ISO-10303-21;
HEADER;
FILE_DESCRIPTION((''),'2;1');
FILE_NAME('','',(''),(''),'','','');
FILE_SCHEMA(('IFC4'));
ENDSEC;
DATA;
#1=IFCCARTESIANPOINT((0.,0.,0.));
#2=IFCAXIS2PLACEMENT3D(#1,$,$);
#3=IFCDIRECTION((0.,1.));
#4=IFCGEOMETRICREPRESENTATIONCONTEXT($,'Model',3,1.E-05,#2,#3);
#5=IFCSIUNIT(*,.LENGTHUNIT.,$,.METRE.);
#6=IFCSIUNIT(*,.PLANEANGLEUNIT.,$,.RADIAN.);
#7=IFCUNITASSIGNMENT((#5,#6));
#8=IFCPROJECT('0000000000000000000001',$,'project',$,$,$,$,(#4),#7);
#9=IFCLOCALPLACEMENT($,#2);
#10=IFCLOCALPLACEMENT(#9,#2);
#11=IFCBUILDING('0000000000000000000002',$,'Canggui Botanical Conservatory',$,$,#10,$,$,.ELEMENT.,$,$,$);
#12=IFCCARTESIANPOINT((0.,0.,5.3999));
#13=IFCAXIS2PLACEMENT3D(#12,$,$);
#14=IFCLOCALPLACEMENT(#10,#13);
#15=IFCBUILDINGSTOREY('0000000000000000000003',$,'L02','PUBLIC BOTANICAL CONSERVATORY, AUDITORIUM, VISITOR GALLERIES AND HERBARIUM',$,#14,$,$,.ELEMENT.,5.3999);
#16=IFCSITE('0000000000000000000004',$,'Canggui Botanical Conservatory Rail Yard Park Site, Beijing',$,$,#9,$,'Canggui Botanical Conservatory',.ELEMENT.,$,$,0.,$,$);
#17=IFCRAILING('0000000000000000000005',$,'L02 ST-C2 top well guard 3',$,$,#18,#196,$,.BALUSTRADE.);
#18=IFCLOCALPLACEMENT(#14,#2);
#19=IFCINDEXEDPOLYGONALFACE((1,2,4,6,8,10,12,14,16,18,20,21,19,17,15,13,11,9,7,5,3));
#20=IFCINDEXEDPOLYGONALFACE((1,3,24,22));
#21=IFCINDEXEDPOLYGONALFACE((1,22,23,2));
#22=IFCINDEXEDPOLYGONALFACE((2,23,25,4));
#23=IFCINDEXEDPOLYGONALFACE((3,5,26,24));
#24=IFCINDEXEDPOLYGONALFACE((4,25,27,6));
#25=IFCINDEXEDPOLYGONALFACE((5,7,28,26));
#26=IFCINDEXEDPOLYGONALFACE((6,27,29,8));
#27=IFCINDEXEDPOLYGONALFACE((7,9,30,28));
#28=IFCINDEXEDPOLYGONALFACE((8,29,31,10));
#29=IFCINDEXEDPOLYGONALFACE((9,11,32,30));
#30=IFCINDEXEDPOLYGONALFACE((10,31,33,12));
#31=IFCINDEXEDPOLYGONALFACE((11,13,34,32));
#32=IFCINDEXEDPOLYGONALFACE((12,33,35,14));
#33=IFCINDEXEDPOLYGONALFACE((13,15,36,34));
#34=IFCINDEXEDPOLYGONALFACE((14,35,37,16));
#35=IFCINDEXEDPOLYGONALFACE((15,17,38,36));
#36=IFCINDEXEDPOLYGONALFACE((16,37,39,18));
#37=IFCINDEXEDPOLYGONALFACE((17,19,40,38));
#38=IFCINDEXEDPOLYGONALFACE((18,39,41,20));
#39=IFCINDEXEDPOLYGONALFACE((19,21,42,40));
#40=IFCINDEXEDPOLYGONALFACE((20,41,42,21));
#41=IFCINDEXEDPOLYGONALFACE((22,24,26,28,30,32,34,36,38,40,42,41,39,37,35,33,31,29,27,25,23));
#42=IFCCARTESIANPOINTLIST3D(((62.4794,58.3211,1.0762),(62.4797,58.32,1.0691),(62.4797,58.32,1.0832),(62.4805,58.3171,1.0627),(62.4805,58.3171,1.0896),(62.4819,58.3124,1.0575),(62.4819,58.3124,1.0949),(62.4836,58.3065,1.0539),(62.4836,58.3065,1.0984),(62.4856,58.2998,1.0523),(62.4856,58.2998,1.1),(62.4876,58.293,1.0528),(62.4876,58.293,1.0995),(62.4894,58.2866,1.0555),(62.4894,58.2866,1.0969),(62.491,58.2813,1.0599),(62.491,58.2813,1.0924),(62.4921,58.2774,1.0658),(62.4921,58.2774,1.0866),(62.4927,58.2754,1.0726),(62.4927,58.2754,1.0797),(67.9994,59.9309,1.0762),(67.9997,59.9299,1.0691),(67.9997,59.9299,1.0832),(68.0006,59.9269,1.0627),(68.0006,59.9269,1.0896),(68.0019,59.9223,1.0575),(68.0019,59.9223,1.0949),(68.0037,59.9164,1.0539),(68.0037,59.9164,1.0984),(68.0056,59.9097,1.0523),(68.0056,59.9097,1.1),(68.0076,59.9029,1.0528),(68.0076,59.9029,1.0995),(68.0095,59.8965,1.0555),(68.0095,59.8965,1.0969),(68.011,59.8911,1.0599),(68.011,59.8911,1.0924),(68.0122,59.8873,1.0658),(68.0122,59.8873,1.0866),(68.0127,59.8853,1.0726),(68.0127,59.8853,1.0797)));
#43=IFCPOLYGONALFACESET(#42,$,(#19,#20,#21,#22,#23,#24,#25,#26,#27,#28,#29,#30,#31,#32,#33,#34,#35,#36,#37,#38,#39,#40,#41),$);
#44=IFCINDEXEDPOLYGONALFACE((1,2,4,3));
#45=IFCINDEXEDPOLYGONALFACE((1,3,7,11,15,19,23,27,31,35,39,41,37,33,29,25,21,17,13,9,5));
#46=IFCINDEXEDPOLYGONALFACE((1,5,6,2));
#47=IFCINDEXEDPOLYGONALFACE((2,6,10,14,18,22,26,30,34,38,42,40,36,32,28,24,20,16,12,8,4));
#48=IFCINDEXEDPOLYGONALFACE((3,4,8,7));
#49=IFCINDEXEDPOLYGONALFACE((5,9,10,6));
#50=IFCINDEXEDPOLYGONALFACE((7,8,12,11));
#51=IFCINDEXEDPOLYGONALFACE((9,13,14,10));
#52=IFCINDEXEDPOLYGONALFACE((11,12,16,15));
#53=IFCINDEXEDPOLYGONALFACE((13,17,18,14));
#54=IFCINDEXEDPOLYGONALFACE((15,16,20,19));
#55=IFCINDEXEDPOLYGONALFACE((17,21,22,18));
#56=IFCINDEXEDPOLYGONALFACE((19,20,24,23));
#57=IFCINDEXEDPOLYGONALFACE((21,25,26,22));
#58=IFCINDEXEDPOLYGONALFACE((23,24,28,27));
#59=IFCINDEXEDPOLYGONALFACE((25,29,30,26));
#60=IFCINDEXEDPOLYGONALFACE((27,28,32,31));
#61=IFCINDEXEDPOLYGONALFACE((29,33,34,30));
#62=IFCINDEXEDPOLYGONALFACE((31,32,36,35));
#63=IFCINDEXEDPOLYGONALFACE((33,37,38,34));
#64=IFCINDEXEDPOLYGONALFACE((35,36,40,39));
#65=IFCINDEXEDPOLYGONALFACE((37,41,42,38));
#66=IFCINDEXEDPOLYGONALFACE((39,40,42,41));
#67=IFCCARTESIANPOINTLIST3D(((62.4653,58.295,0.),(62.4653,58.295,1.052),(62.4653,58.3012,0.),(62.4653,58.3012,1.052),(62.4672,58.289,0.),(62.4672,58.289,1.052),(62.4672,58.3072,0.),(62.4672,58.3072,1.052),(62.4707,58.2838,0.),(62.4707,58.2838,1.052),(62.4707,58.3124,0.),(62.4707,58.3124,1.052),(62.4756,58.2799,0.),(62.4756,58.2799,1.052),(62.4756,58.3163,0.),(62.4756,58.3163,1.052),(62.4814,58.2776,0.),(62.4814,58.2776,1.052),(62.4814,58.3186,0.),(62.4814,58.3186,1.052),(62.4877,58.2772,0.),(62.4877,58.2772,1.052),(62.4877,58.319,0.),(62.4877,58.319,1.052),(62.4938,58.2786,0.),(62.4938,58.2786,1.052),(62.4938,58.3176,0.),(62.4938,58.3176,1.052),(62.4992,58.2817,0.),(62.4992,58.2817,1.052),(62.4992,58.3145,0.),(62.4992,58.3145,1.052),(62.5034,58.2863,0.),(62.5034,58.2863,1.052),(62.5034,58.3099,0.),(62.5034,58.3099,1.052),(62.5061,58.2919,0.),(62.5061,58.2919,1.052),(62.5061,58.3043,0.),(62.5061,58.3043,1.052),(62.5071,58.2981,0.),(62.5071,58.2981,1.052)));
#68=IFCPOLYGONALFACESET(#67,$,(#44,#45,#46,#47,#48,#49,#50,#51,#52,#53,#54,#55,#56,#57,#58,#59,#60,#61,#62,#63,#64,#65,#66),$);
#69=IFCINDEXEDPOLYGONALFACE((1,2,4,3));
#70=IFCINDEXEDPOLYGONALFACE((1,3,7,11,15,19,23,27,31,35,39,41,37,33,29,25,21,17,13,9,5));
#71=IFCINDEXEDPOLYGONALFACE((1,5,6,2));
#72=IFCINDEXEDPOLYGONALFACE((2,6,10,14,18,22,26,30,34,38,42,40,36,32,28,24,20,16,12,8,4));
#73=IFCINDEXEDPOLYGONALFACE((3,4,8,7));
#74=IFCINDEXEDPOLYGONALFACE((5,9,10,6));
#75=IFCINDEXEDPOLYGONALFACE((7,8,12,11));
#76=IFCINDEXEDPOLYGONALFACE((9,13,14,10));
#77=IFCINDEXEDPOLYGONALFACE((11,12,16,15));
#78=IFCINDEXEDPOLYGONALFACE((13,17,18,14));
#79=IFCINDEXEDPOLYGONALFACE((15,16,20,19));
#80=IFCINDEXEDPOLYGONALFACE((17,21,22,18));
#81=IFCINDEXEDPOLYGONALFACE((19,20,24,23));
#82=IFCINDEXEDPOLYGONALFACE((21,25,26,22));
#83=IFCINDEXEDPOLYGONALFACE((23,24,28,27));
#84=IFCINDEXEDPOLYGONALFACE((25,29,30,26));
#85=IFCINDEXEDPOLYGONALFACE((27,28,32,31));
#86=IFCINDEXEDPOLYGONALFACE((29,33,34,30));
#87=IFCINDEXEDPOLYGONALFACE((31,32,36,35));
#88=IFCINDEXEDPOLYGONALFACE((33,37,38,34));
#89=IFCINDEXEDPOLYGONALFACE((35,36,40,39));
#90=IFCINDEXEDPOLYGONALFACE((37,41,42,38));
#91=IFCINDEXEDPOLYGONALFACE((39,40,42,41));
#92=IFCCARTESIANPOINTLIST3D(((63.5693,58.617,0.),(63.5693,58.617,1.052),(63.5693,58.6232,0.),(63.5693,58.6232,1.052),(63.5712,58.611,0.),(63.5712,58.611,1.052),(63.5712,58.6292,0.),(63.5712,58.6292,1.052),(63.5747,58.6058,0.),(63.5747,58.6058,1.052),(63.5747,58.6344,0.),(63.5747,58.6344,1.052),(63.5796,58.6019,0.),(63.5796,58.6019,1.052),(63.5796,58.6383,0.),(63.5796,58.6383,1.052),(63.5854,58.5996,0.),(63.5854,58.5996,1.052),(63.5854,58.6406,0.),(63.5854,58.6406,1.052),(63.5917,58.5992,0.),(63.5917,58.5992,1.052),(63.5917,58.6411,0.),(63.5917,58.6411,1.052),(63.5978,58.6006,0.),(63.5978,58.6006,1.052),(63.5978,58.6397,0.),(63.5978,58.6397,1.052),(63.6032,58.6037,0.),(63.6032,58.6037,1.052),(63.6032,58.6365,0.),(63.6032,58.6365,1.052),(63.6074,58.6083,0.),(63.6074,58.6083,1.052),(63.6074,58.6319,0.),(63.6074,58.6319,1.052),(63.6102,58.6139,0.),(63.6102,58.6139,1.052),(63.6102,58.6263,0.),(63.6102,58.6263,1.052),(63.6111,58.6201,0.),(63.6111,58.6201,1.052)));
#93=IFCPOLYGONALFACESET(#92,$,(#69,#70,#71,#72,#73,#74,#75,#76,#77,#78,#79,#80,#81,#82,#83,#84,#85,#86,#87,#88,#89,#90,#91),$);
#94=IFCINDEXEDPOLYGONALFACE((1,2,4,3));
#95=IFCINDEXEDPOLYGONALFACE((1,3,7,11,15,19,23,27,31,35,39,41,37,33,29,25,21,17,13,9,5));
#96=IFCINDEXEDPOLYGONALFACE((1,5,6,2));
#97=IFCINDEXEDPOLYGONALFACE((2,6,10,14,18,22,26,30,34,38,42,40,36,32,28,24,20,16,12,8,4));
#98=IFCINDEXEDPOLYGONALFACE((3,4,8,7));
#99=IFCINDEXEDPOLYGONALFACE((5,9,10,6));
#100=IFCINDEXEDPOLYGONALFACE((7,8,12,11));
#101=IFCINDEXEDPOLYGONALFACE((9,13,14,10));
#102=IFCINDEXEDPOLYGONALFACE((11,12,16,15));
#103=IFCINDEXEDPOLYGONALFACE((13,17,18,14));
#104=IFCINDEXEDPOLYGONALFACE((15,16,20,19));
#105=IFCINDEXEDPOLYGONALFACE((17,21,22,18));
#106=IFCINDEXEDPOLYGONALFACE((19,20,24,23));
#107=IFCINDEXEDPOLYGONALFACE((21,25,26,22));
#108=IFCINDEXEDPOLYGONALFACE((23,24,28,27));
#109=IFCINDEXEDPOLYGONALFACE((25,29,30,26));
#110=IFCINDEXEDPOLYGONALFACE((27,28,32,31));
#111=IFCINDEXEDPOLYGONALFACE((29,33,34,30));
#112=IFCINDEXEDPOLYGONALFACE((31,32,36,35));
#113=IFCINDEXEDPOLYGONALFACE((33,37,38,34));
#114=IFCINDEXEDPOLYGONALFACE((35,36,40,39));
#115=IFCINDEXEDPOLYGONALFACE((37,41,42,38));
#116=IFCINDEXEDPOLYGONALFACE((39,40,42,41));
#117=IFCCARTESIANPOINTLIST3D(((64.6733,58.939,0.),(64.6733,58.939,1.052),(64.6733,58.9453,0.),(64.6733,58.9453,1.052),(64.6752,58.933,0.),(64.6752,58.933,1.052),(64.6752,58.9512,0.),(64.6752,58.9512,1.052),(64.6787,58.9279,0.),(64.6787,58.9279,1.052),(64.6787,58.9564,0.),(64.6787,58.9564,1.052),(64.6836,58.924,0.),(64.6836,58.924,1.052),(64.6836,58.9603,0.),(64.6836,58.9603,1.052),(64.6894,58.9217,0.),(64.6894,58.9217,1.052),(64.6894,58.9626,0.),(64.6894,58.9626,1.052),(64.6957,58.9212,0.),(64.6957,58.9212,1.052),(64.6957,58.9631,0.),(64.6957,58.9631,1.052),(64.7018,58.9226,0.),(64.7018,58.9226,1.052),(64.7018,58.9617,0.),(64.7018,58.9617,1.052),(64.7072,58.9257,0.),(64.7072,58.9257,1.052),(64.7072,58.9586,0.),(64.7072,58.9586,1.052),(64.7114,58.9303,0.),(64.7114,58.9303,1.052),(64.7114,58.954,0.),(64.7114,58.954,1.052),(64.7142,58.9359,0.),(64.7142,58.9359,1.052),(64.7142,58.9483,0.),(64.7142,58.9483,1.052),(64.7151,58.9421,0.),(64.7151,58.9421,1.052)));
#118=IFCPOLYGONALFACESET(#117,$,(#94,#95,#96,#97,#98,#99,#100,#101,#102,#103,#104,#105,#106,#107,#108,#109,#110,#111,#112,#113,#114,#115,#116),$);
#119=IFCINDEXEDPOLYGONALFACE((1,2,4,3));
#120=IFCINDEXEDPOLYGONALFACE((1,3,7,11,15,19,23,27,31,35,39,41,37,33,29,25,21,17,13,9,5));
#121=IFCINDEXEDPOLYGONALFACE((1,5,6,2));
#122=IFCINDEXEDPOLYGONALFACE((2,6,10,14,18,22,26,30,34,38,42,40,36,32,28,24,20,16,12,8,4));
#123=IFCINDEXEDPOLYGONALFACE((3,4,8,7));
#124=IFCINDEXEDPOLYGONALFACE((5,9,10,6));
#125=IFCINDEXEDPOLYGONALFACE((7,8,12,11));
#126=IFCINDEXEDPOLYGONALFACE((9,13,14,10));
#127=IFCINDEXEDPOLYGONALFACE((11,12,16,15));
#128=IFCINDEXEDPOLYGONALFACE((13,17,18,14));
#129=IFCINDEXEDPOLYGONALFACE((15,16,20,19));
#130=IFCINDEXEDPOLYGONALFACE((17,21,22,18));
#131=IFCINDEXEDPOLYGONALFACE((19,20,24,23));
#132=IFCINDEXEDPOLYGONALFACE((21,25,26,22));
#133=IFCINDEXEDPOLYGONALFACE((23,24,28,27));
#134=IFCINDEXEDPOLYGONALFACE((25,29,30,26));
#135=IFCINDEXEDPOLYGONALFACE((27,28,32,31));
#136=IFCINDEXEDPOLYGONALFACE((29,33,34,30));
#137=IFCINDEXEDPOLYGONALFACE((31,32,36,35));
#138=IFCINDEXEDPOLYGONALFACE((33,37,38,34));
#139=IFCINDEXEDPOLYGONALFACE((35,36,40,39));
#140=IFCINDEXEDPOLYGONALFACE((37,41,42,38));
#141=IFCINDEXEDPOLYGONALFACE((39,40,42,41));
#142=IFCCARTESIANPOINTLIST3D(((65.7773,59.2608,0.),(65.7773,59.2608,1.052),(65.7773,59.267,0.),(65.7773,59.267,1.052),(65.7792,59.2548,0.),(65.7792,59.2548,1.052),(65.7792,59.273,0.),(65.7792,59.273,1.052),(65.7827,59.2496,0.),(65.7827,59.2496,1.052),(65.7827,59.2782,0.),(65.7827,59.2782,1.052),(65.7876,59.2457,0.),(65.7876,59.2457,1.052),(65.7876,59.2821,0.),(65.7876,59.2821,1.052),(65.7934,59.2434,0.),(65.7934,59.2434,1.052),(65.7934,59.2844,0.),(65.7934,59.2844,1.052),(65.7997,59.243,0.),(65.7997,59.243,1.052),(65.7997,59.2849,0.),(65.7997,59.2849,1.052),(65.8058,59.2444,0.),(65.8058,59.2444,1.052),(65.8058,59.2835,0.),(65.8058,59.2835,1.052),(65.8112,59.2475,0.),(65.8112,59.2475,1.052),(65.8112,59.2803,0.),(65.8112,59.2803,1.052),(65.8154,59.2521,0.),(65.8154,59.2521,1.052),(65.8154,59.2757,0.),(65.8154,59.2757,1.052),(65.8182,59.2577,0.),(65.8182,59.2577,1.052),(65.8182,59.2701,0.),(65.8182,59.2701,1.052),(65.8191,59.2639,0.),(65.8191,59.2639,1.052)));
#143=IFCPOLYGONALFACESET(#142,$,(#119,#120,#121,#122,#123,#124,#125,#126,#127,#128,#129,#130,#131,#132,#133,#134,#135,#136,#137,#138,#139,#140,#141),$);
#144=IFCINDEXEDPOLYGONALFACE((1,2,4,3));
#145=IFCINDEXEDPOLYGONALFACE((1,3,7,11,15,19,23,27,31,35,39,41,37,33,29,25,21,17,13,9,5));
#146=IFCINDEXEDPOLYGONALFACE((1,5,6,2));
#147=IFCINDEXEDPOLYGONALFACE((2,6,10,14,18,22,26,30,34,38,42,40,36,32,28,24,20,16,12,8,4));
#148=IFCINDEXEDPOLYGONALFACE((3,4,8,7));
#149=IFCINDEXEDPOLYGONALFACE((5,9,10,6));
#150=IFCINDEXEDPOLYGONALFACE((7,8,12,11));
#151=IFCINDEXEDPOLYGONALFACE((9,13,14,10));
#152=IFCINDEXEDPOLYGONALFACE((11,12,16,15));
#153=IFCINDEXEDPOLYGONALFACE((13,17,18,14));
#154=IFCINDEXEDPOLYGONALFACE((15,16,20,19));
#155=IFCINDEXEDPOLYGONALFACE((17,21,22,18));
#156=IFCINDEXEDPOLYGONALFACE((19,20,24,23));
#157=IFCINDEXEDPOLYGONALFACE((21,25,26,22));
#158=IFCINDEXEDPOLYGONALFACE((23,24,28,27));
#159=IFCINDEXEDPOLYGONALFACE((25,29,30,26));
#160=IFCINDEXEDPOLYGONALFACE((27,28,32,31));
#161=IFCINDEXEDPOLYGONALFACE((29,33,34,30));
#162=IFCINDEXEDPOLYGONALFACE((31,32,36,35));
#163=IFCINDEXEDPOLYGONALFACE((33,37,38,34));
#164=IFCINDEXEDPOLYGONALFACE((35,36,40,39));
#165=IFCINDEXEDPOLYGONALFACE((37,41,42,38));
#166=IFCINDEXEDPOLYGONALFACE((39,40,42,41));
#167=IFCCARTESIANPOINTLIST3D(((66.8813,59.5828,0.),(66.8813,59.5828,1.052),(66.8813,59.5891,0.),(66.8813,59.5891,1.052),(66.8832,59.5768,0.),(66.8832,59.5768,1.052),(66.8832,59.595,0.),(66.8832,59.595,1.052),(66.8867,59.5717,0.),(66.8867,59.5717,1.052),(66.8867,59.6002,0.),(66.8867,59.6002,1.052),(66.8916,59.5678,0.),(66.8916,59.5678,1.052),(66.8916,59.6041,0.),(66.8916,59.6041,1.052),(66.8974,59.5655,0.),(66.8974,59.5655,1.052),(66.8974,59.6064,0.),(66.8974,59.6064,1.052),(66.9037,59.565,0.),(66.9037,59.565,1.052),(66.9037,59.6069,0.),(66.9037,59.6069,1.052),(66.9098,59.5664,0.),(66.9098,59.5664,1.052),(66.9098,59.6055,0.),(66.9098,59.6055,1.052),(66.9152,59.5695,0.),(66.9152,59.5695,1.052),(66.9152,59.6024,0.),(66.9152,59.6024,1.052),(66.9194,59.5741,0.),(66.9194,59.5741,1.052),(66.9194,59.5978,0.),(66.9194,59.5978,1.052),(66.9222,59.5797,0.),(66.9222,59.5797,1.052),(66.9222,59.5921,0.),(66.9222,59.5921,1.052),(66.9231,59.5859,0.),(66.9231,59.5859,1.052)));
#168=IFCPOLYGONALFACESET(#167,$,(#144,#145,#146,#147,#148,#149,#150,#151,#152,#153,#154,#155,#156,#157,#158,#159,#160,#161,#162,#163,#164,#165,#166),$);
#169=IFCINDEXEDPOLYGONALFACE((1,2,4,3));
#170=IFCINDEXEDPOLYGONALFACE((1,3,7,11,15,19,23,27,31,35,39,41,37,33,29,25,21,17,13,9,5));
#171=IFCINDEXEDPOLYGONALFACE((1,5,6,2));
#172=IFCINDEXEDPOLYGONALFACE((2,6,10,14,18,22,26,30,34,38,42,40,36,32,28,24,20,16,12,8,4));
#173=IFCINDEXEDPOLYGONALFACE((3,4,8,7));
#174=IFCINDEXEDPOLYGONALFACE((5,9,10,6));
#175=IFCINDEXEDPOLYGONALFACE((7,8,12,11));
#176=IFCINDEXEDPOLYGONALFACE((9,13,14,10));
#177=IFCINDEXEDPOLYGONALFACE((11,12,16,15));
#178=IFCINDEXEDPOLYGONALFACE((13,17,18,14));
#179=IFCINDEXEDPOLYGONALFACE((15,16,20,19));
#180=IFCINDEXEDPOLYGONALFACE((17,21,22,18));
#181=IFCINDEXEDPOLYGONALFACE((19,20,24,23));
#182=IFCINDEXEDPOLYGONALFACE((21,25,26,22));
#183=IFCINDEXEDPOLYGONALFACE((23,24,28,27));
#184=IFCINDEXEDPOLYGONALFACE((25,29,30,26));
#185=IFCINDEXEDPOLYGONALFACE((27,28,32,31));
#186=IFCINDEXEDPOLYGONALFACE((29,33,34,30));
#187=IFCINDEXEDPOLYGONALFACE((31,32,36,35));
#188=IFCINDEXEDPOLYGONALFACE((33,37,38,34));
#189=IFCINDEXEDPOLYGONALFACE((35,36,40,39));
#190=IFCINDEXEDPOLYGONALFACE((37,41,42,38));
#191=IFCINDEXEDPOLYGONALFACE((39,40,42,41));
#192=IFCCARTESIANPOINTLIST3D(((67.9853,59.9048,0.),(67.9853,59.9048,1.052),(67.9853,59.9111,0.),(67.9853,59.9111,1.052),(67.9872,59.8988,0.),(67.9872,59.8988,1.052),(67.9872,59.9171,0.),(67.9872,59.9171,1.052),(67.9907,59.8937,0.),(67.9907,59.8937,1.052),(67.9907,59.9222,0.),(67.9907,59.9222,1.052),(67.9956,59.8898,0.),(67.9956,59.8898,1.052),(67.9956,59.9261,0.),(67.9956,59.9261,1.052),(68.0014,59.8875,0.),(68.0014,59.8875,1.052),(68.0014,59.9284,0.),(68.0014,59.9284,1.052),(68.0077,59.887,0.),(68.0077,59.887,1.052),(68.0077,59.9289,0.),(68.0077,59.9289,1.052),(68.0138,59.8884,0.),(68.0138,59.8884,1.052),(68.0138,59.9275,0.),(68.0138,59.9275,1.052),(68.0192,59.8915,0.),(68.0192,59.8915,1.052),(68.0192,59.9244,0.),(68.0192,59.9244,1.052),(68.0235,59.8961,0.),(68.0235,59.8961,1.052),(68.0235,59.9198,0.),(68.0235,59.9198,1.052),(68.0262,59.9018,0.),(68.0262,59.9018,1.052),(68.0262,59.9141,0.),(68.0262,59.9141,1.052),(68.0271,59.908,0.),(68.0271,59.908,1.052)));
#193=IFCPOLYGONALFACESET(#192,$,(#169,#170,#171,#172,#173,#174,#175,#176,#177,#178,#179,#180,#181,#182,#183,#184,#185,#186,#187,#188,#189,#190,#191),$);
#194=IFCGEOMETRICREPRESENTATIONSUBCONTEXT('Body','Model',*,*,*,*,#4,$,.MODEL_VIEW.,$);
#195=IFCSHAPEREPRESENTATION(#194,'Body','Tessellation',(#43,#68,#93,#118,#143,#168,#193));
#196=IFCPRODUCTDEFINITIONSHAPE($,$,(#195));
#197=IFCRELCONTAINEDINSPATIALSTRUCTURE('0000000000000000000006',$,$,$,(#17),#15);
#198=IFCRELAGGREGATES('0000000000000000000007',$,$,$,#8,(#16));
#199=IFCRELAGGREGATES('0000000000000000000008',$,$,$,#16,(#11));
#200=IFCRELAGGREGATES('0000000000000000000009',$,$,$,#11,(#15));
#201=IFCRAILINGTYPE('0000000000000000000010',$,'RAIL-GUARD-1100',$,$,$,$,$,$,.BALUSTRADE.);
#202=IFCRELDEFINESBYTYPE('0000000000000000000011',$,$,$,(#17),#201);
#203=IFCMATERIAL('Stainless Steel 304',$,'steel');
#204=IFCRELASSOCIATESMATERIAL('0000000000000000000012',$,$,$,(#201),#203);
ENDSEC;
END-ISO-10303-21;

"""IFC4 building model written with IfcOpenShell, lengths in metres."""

from ifc_helpers import new_model, si_unit, direction, frame, origin, origin_2d, place, context, subcontext, project, spatial, circle, extrude, material, type_object, element, save


model = new_model("IFC4")

# Units and contexts
model_context = context("Model", 3, precision=1e-05, world=origin(), true_north=direction((0.0, 1.0)))
body_context = subcontext(model_context, "Body", "Model", "MODEL_VIEW")
ifc_project = project(units=[si_unit("LENGTHUNIT", "METRE"), si_unit("PLANEANGLEUNIT", "RADIAN")], contexts=[model_context])

# Site, building, storey
site_placement = place(None, origin())
site = spatial("IfcSite", under=ifc_project, at=site_placement, Name="Canggui Botanical Conservatory Rail Yard Park Site, Beijing", LongName="Canggui Botanical Conservatory", CompositionType="ELEMENT", RefElevation=0.0)
building_placement = place(site_placement, origin())
building = spatial("IfcBuilding", under=site, at=building_placement, Name="Canggui Botanical Conservatory", CompositionType="ELEMENT")
storey_placement = place(building_placement, frame((0.0, 0.0, 5.3999)))
storey = spatial("IfcBuildingStorey", under=building, at=storey_placement, Name="L02", Description="PUBLIC BOTANICAL CONSERVATORY, AUDITORIUM, VISITOR GALLERIES AND HERBARIUM", CompositionType="ELEMENT", Elevation=5.3999)

# Railing
ifc_material_1 = material(Name="Stainless Steel 304", Category="steel")
railing_type = type_object("IfcRailingType", Name="RAIL-GUARD-1100", PredefinedType="BALUSTRADE", material=ifc_material_1)
for number, where, name in (
    (1, (62.4861, 58.2981, 0.0), "L02 ST-C2 top well guard 3"),
):
    element("IfcRailing", number, at=place(storey_placement, frame(where)), inside=storey, type_object=railing_type, Name=name, PredefinedType="BALUSTRADE", context=body_context, shape_type="SweptSolid", body=[
        extrude(circle(Radius=0.0239, at=origin_2d()), frame((0.0, 0.0, 1.0762), z_axis=(0.960007, 0.279977, 0.0), x_axis=(-0.279977, 0.960007, 0.0)), (0.0, 0.0, 1.0), 5.75),
        extrude(circle(Radius=0.021, at=origin_2d()), origin(), (0.0, 0.0, 1.0), 1.052),
        extrude(circle(Radius=0.021, at=origin_2d()), frame((1.104, 0.322, 0.0)), (0.0, 0.0, 1.0), 1.052),
        extrude(circle(Radius=0.021, at=origin_2d()), frame((2.208, 0.644, 0.0)), (0.0, 0.0, 1.0), 1.052),
        extrude(circle(Radius=0.021, at=origin_2d()), frame((3.312, 0.9658, 0.0)), (0.0, 0.0, 1.0), 1.052),
        extrude(circle(Radius=0.021, at=origin_2d()), frame((4.416, 1.2878, 0.0)), (0.0, 0.0, 1.0), 1.052),
        extrude(circle(Radius=0.021, at=origin_2d()), frame((5.52, 1.6099, 0.0)), (0.0, 0.0, 1.0), 1.052),
    ])

save(model, "model.ifc")
